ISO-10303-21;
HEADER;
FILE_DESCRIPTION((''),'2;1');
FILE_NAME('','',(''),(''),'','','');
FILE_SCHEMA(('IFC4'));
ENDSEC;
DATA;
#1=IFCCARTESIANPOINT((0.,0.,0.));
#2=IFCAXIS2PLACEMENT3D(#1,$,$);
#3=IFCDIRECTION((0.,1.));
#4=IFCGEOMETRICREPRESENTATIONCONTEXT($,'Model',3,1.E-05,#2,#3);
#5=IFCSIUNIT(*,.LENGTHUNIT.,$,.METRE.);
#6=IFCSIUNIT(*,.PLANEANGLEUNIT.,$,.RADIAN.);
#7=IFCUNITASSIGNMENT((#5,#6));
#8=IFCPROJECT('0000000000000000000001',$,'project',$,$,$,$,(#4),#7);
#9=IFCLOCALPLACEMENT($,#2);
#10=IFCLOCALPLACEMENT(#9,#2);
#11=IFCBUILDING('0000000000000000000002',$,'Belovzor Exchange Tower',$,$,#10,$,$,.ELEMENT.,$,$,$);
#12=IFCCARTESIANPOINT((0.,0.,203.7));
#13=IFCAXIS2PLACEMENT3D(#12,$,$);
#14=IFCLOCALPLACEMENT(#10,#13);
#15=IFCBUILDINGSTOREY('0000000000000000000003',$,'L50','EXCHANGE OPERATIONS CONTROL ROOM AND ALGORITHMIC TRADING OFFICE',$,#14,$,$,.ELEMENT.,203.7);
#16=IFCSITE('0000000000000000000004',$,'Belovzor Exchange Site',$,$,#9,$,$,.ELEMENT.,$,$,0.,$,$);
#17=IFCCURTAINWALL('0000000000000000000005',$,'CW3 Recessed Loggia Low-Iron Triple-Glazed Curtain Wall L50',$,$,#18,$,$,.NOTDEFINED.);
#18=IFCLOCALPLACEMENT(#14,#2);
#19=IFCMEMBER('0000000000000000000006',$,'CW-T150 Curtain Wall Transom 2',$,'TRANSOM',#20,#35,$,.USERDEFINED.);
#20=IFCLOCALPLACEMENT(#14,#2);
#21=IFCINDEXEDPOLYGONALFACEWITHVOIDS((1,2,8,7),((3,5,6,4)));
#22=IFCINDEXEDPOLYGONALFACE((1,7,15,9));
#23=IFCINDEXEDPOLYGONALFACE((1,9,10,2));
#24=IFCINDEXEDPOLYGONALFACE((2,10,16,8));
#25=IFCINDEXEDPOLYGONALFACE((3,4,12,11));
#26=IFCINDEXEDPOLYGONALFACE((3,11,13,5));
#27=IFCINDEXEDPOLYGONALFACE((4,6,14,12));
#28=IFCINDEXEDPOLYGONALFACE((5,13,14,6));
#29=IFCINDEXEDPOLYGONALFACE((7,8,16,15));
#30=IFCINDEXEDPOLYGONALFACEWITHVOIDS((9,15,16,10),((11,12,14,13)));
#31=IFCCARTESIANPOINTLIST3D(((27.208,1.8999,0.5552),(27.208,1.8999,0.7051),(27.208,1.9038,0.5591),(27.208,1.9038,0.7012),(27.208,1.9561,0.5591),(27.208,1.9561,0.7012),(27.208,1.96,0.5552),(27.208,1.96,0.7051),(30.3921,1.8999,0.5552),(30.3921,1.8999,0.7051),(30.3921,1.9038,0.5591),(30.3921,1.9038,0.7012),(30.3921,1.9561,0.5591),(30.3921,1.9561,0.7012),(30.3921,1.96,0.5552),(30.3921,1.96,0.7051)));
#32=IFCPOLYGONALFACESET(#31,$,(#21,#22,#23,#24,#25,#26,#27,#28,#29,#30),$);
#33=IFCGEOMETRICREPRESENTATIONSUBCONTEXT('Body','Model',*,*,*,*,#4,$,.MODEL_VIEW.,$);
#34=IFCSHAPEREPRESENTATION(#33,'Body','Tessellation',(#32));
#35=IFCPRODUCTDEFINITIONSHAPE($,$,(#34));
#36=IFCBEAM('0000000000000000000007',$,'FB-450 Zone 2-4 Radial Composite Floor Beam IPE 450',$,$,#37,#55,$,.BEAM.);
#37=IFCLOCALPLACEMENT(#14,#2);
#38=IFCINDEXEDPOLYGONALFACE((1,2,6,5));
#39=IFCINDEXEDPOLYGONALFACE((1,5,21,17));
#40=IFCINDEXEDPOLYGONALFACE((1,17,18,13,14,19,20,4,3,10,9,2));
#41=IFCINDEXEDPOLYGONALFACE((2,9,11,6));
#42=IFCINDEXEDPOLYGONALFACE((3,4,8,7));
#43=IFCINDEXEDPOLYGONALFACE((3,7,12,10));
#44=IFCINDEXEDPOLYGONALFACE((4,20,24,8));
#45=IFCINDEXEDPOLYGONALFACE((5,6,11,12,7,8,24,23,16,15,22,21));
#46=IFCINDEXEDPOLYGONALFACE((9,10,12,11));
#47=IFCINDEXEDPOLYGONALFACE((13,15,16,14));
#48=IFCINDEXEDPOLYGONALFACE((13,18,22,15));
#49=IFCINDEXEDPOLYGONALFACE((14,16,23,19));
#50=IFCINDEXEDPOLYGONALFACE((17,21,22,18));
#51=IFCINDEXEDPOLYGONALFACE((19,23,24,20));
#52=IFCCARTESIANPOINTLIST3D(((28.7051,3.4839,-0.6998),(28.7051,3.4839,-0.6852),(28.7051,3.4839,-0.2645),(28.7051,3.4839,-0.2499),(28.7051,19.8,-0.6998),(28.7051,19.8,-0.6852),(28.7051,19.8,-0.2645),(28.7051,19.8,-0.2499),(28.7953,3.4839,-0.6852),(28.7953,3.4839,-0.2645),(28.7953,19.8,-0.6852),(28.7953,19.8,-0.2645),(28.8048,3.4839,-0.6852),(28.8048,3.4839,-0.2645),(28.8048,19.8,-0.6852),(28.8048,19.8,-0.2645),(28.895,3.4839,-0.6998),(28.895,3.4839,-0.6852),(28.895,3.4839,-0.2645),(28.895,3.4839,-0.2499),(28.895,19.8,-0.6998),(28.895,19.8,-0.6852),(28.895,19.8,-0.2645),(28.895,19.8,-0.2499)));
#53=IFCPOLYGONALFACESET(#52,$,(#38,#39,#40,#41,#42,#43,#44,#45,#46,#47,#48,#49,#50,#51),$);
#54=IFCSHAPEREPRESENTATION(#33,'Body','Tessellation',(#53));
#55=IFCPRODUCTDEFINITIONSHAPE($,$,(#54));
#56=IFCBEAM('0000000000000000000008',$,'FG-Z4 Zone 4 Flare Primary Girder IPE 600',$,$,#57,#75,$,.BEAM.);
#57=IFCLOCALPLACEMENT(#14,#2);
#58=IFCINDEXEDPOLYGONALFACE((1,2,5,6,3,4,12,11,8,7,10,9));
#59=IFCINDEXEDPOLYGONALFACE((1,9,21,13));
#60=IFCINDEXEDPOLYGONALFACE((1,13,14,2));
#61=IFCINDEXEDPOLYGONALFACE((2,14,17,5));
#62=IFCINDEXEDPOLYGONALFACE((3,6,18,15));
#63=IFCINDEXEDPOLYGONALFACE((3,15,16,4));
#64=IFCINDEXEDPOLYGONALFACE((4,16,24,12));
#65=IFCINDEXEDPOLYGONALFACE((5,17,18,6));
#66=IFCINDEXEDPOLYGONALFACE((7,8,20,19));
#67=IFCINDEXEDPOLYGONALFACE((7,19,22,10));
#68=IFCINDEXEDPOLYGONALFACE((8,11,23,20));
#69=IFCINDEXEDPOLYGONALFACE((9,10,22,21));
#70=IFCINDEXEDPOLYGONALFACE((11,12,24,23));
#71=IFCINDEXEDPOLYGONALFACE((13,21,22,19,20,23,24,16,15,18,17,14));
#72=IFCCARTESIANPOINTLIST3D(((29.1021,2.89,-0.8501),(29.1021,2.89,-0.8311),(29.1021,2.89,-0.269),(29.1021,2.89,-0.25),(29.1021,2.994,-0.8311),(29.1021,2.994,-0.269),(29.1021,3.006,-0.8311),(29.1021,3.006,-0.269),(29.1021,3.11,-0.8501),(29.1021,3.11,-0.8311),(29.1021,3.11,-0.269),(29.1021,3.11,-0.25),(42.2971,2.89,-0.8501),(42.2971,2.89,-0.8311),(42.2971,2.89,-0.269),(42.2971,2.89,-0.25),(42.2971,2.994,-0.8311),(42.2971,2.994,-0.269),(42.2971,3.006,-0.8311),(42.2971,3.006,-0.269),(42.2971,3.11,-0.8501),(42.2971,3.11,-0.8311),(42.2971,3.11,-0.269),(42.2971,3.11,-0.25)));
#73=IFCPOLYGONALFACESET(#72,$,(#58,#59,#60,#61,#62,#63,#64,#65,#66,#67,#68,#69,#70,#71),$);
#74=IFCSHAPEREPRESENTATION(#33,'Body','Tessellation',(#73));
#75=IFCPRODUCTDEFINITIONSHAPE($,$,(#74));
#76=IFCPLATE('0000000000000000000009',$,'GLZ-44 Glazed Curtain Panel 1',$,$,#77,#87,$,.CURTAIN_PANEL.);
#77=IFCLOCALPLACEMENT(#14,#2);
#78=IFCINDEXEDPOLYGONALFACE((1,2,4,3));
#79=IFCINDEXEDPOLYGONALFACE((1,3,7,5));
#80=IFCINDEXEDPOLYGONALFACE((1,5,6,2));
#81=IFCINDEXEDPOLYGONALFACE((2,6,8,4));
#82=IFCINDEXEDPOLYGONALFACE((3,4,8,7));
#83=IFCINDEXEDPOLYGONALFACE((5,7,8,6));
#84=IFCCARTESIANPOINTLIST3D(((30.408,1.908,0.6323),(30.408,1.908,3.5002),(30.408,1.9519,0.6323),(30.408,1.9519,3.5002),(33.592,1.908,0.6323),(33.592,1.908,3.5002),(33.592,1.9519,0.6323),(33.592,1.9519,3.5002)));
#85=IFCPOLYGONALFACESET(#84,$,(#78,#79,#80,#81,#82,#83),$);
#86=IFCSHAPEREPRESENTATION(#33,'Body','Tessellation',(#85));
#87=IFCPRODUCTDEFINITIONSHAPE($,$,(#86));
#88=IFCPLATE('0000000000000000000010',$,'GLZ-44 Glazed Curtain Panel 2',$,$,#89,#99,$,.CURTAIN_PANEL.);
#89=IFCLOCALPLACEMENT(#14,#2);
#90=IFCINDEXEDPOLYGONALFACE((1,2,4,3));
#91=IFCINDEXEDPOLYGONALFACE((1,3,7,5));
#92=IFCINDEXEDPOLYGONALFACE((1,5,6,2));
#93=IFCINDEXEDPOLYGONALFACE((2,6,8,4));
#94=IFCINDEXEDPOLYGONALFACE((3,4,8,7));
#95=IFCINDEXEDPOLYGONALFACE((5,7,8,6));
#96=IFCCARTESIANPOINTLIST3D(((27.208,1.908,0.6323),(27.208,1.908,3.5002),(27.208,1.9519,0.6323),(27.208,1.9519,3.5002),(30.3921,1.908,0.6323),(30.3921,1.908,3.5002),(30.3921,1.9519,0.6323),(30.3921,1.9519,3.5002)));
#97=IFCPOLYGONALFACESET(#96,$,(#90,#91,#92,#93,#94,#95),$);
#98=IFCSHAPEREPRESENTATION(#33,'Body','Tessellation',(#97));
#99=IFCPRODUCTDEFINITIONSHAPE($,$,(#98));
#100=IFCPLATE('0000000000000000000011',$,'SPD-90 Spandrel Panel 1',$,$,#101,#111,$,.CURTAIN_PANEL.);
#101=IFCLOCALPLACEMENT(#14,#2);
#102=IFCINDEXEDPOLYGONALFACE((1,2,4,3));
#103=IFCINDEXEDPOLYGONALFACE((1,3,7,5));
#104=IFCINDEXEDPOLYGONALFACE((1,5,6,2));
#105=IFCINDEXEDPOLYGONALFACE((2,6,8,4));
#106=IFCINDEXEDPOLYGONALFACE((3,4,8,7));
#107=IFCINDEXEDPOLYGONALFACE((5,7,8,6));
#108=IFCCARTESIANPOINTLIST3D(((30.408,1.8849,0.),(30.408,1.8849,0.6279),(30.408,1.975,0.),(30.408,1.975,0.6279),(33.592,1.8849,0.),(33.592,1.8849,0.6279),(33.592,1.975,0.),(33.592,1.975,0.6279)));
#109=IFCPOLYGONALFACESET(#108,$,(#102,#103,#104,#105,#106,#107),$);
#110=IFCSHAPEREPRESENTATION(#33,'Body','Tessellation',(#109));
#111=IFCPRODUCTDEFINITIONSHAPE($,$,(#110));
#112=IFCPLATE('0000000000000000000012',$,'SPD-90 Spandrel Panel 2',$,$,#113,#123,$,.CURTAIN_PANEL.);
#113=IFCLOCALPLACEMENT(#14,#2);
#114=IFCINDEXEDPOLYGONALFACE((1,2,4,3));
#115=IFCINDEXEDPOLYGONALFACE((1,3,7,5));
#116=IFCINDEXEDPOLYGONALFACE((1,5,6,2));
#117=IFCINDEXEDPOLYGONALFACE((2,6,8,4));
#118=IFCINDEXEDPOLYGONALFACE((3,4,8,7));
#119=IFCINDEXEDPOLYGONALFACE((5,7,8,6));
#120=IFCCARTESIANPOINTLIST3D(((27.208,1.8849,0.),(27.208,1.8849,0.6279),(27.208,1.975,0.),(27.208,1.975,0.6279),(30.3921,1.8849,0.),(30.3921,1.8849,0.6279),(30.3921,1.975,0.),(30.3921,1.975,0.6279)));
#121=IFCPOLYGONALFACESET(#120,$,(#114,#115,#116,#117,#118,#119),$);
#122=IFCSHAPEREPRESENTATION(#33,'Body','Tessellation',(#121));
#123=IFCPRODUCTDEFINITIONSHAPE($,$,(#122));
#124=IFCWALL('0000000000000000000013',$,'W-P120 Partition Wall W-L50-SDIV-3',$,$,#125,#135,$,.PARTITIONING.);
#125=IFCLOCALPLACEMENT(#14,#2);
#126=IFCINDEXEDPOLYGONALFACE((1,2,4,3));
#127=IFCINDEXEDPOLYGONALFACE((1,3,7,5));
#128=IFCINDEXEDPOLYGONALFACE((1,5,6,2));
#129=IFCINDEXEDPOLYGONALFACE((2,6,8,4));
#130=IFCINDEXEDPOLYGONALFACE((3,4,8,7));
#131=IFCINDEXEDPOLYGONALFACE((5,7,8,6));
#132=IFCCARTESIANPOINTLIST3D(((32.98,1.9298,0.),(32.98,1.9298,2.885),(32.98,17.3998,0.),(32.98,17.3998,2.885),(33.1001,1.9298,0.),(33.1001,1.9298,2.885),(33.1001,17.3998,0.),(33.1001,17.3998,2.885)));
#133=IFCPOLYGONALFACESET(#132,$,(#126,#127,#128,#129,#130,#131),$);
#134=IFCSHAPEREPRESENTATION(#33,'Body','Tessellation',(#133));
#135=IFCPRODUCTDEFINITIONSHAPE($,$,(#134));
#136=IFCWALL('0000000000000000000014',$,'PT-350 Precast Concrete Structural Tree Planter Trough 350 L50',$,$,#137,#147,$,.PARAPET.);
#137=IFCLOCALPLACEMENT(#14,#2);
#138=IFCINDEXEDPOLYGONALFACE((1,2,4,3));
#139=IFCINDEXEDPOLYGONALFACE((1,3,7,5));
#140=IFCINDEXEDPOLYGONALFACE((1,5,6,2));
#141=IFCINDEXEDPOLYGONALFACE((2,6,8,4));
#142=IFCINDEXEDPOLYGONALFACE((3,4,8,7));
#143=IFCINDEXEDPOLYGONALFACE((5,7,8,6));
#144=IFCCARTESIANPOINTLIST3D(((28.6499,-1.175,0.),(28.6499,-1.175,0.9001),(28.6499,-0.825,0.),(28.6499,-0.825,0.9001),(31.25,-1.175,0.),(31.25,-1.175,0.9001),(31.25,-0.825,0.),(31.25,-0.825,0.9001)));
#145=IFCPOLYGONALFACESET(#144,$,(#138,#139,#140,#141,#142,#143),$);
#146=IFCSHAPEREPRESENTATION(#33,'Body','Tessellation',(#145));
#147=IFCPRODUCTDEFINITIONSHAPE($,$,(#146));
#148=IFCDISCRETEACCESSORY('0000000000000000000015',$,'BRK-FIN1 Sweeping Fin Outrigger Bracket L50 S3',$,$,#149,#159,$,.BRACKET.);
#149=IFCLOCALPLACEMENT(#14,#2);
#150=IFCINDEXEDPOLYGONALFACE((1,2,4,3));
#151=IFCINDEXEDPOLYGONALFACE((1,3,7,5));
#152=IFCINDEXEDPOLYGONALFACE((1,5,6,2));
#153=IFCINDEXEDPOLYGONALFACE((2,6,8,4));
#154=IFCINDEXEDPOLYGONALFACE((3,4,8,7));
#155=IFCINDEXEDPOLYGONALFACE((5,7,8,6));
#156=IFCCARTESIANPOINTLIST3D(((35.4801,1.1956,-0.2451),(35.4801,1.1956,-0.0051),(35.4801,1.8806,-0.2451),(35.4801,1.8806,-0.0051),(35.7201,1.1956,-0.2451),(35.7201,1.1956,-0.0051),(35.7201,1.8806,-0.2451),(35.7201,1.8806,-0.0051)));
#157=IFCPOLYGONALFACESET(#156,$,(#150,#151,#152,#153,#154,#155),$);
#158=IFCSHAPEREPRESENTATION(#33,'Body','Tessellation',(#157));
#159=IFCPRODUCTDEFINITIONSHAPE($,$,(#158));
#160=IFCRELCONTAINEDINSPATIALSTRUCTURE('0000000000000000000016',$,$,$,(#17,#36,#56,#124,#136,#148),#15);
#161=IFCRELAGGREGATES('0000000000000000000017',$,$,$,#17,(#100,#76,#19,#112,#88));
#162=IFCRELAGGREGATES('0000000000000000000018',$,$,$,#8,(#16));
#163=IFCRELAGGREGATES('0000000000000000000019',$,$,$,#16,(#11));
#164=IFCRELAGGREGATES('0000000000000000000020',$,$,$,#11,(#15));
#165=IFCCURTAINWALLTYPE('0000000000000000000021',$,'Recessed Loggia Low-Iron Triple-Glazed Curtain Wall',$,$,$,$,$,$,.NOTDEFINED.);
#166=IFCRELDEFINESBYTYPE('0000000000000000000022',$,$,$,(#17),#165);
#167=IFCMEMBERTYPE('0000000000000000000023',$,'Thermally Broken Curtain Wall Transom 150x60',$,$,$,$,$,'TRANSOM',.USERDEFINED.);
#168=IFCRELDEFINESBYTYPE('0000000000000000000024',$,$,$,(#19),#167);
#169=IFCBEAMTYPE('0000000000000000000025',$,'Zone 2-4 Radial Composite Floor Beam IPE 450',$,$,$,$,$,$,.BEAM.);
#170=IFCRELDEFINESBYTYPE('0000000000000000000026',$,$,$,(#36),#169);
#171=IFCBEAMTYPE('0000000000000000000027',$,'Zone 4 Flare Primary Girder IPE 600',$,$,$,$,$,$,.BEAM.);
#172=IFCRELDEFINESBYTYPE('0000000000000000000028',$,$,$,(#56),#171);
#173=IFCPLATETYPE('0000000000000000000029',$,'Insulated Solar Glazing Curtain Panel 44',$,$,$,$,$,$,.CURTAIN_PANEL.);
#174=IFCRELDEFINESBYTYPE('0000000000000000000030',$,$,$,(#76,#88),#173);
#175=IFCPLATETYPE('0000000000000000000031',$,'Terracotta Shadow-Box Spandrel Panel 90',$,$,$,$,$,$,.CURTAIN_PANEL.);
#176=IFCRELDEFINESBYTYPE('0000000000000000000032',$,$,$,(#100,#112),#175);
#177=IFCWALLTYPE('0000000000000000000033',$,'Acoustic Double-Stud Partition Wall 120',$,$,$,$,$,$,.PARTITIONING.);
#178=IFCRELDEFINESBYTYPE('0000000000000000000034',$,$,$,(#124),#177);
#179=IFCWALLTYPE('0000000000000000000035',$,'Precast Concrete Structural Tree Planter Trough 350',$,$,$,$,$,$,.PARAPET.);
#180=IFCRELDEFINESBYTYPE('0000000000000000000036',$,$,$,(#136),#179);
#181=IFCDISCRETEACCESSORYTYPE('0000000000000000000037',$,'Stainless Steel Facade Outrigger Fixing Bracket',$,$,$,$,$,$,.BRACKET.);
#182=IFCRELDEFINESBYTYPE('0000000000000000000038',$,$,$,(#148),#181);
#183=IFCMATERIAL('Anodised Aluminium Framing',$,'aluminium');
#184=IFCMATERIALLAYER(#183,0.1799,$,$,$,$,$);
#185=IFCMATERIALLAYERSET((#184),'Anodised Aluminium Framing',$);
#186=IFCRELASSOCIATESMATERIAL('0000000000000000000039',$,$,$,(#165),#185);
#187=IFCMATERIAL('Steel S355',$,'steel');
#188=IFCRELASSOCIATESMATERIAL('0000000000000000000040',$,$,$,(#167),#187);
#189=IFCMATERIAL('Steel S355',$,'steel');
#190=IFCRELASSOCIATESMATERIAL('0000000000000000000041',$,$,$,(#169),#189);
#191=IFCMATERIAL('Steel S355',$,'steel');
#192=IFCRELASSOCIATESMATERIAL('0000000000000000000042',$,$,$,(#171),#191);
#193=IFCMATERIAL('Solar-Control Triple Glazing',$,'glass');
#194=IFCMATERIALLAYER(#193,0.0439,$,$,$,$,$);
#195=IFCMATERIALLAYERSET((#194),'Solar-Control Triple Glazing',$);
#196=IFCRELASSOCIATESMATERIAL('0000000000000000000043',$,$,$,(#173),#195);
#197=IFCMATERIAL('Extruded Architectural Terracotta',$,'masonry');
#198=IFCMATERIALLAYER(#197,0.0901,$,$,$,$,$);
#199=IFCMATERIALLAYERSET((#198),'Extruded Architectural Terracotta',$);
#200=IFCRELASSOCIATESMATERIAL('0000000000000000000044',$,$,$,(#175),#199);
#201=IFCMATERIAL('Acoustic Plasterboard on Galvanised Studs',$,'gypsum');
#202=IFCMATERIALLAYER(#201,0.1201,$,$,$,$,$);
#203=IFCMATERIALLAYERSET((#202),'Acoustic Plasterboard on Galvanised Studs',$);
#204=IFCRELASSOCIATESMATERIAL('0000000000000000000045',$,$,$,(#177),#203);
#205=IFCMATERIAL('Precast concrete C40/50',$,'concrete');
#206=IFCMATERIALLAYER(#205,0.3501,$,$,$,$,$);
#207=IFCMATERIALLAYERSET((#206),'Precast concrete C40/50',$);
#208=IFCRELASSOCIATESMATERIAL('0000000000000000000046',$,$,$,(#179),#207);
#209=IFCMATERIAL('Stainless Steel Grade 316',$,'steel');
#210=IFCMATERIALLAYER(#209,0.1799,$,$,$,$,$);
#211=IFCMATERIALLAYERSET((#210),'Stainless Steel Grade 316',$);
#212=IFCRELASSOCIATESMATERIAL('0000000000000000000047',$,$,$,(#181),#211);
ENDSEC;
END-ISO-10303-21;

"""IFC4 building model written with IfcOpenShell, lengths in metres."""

from ifc_helpers import new_model, si_unit, direction, frame, frame_2d, origin, origin_2d, place, context, subcontext, project, spatial, rectangle, hollow_rectangle, i_section, extrude, material, layer, layer_set, material_profile, profile_set, type_object, element, aggregate, save


model = new_model("IFC4")

# Units and contexts
model_context = context("Model", 3, precision=1e-05, world=origin(), true_north=direction((0.0, 1.0)))
body_context = subcontext(model_context, "Body", "Model", "MODEL_VIEW")
ifc_project = project(units=[si_unit("LENGTHUNIT", "METRE"), si_unit("PLANEANGLEUNIT", "RADIAN")], contexts=[model_context])

# Site, building, storey
site_placement = place(None, origin())
site = spatial("IfcSite", under=ifc_project, at=site_placement, Name="Belovzor Exchange Site", CompositionType="ELEMENT", RefElevation=0.0)
building_placement = place(site_placement, origin())
building = spatial("IfcBuilding", under=site, at=building_placement, Name="Belovzor Exchange Tower", CompositionType="ELEMENT")
storey_placement = place(building_placement, frame((0.0, 0.0, 203.7)))
storey = spatial("IfcBuildingStorey", under=building, at=storey_placement, Name="L50", Description="EXCHANGE OPERATIONS CONTROL ROOM AND ALGORITHMIC TRADING OFFICE", CompositionType="ELEMENT", Elevation=203.7)

# Curtain wall, member
ifc_material_1 = material(Name="Anodised Aluminium Framing", Category="aluminium")
ifc_layer_1 = layer(ifc_material_1, 0.1799)
ifc_layer_set_1 = layer_set([ifc_layer_1], Name="Anodised Aluminium Framing")
curtain_wall_type = type_object("IfcCurtainWallType", Name="Recessed Loggia Low-Iron Triple-Glazed Curtain Wall", PredefinedType="NOTDEFINED", material=ifc_layer_set_1)
curtain_wall_placement = place(storey_placement, origin())
curtain_wall = element("IfcCurtainWall", 1, at=curtain_wall_placement, inside=storey, type_object=curtain_wall_type, Name="CW3 Recessed Loggia Low-Iron Triple-Glazed Curtain Wall L50", PredefinedType="NOTDEFINED")
ifc_material_2 = material(Name="Steel S355", Category="steel")
ifc_material_profile_1 = material_profile(ifc_material_2, hollow_rectangle(XDim=0.0601, YDim=0.1499, WallThickness=0.0039, at=origin_2d()))
ifc_profile_set_1 = profile_set([ifc_material_profile_1], Name="Steel S355")
member_type_1 = type_object("IfcMemberType", Name="Thermally Broken Curtain Wall Transom 150x60", ElementType="TRANSOM", PredefinedType="USERDEFINED", material=ifc_profile_set_1)
member_1_placement = place(storey_placement, frame((30.3921, 1.9299, 0.6301), z_axis=(-1.0, 0.0, 0.0), x_axis=(0.0, -1.0, 0.0)))
member_1 = element("IfcMember", 2, at=member_1_placement, type_object=member_type_1, Name="CW-T150 Curtain Wall Transom 2", ObjectType="TRANSOM", PredefinedType="USERDEFINED", context=body_context, shape_type="SweptSolid", body=[
    extrude(hollow_rectangle(XDim=0.0601, YDim=0.1499, WallThickness=0.0039, at=origin_2d()), origin(), (0.0, 0.0, 1.0), 3.1841),
])

# Beams
ifc_material_3 = material(Name="Steel S355", Category="steel")
ifc_material_profile_2 = material_profile(ifc_material_3, i_section(OverallWidth=0.1899, OverallDepth=0.45, WebThickness=0.0095, FlangeThickness=0.0146, at=origin_2d()))
ifc_profile_set_2 = profile_set([ifc_material_profile_2], Name="Steel S355")
beam_type_1 = type_object("IfcBeamType", Name="Zone 2-4 Radial Composite Floor Beam IPE 450", PredefinedType="BEAM", material=ifc_profile_set_2)
beam_1_placement = place(storey_placement, frame((28.8, 19.8, -0.4749), z_axis=(0.0, -1.0, 0.0), x_axis=(1.0, 0.0, 0.0)))
element("IfcBeam", 3, at=beam_1_placement, inside=storey, type_object=beam_type_1, Name="FB-450 Zone 2-4 Radial Composite Floor Beam IPE 450", PredefinedType="BEAM", context=body_context, shape_type="SweptSolid", body=[
    extrude(i_section(OverallWidth=0.1899, OverallDepth=0.45, WebThickness=0.0095, FlangeThickness=0.0146, at=origin_2d()), origin(), (0.0, 0.0, 1.0), 16.3162),
])
ifc_material_4 = material(Name="Steel S355", Category="steel")
ifc_material_profile_3 = material_profile(ifc_material_4, i_section(OverallWidth=0.22, OverallDepth=0.6001, WebThickness=0.012, FlangeThickness=0.019, at=origin_2d()))
ifc_profile_set_3 = profile_set([ifc_material_profile_3], Name="Steel S355")
beam_type_2 = type_object("IfcBeamType", Name="Zone 4 Flare Primary Girder IPE 600", PredefinedType="BEAM", material=ifc_profile_set_3)
beam_2_placement = place(storey_placement, frame((29.1021, 3.0, -0.55), z_axis=(1.0, 0.0, 0.0), x_axis=(0.0, 1.0, 0.0)))
element("IfcBeam", 4, at=beam_2_placement, inside=storey, type_object=beam_type_2, Name="FG-Z4 Zone 4 Flare Primary Girder IPE 600", PredefinedType="BEAM", context=body_context, shape_type="SweptSolid", body=[
    extrude(i_section(OverallWidth=0.22, OverallDepth=0.6001, WebThickness=0.012, FlangeThickness=0.019, at=origin_2d()), origin(), (0.0, 0.0, 1.0), 13.1951),
])

# Plates
ifc_material_5 = material(Name="Solar-Control Triple Glazing", Category="glass")
ifc_layer_2 = layer(ifc_material_5, 0.0439)
ifc_layer_set_2 = layer_set([ifc_layer_2], Name="Solar-Control Triple Glazing")
plate_type_1 = type_object("IfcPlateType", Name="Insulated Solar Glazing Curtain Panel 44", PredefinedType="CURTAIN_PANEL", material=ifc_layer_set_2)
plate_1_placement = place(storey_placement, frame((32.0, 1.9299, 0.6323), z_axis=(0.0, 0.0, 1.0), x_axis=(-1.0, 0.0, 0.0)))
plate_1 = element("IfcPlate", 5, at=plate_1_placement, type_object=plate_type_1, Name="GLZ-44 Glazed Curtain Panel 1", PredefinedType="CURTAIN_PANEL", context=body_context, shape_type="SweptSolid", body=[
    extrude(rectangle(XDim=3.1841, YDim=0.0439, at=origin_2d()), origin(), (0.0, 0.0, 1.0), 2.8679),
])
plate_2_placement = place(storey_placement, frame((28.8, 1.9299, 0.6323), z_axis=(0.0, 0.0, 1.0), x_axis=(-1.0, 0.0, 0.0)))
plate_2 = element("IfcPlate", 6, at=plate_2_placement, type_object=plate_type_1, Name="GLZ-44 Glazed Curtain Panel 2", PredefinedType="CURTAIN_PANEL", context=body_context, shape_type="SweptSolid", body=[
    extrude(rectangle(XDim=3.1841, YDim=0.0439, at=origin_2d()), origin(), (0.0, 0.0, 1.0), 2.8679),
])
ifc_material_6 = material(Name="Extruded Architectural Terracotta", Category="masonry")
ifc_layer_3 = layer(ifc_material_6, 0.0901)
ifc_layer_set_3 = layer_set([ifc_layer_3], Name="Extruded Architectural Terracotta")
plate_type_2 = type_object("IfcPlateType", Name="Terracotta Shadow-Box Spandrel Panel 90", PredefinedType="CURTAIN_PANEL", material=ifc_layer_set_3)
plate_3_placement = place(storey_placement, frame((32.0, 1.9299, 0.0), z_axis=(0.0, 0.0, 1.0), x_axis=(-1.0, 0.0, 0.0)))
plate_3 = element("IfcPlate", 7, at=plate_3_placement, type_object=plate_type_2, Name="SPD-90 Spandrel Panel 1", PredefinedType="CURTAIN_PANEL", context=body_context, shape_type="SweptSolid", body=[
    extrude(rectangle(XDim=3.1841, YDim=0.0901, at=origin_2d()), origin(), (0.0, 0.0, 1.0), 0.6279),
])
plate_4_placement = place(storey_placement, frame((28.8, 1.9299, 0.0), z_axis=(0.0, 0.0, 1.0), x_axis=(-1.0, 0.0, 0.0)))
plate_4 = element("IfcPlate", 8, at=plate_4_placement, type_object=plate_type_2, Name="SPD-90 Spandrel Panel 2", PredefinedType="CURTAIN_PANEL", context=body_context, shape_type="SweptSolid", body=[
    extrude(rectangle(XDim=3.1841, YDim=0.0901, at=origin_2d()), origin(), (0.0, 0.0, 1.0), 0.6279),
])
aggregate(curtain_wall, [plate_3, plate_1, member_1, plate_4, plate_2])

# Walls
ifc_material_7 = material(Name="Acoustic Plasterboard on Galvanised Studs", Category="gypsum")
ifc_layer_4 = layer(ifc_material_7, 0.1201)
ifc_layer_set_4 = layer_set([ifc_layer_4], Name="Acoustic Plasterboard on Galvanised Studs")
wall_type_1 = type_object("IfcWallType", Name="Acoustic Double-Stud Partition Wall 120", PredefinedType="PARTITIONING", material=ifc_layer_set_4)
wall_1_placement = place(storey_placement, frame((33.04, 1.9299, 0.0), z_axis=(0.0, 0.0, 1.0), x_axis=(0.0, 1.0, 0.0)))
element("IfcWall", 9, at=wall_1_placement, inside=storey, type_object=wall_type_1, Name="W-P120 Partition Wall W-L50-SDIV-3", PredefinedType="PARTITIONING", context=body_context, shape_type="SweptSolid", body=[
    extrude(rectangle(XDim=15.47, YDim=0.1201, at=frame_2d((7.7349, 0.0))), origin(), (0.0, 0.0, 1.0), 2.885),
])
ifc_material_8 = material(Name="Precast concrete C40/50", Category="concrete")
ifc_layer_5 = layer(ifc_material_8, 0.3501)
ifc_layer_set_5 = layer_set([ifc_layer_5], Name="Precast concrete C40/50")
wall_type_2 = type_object("IfcWallType", Name="Precast Concrete Structural Tree Planter Trough 350", PredefinedType="PARAPET", material=ifc_layer_set_5)
wall_2_placement = place(storey_placement, frame((28.6499, -1.0, 0.0), z_axis=(0.0, 0.0, 1.0), x_axis=(1.0, 0.0, 0.0)))
element("IfcWall", 10, at=wall_2_placement, inside=storey, type_object=wall_type_2, Name="PT-350 Precast Concrete Structural Tree Planter Trough 350 L50", PredefinedType="PARAPET", context=body_context, shape_type="SweptSolid", body=[
    extrude(rectangle(XDim=2.6001, YDim=0.3501, at=frame_2d((1.3, 0.0))), origin(), (0.0, 0.0, 1.0), 0.9001),
])

# Discrete accessory
ifc_material_9 = material(Name="Stainless Steel Grade 316", Category="steel")
ifc_layer_6 = layer(ifc_material_9, 0.1799)
ifc_layer_set_6 = layer_set([ifc_layer_6], Name="Stainless Steel Grade 316")
discrete_accessory_type = type_object("IfcDiscreteAccessoryType", Name="Stainless Steel Facade Outrigger Fixing Bracket", PredefinedType="BRACKET", material=ifc_layer_set_6)
discrete_accessory_placement = place(storey_placement, frame((35.6001, 1.5381, -0.2451), z_axis=(0.0, 0.0, 1.0), x_axis=(0.0, 1.0, 0.0)))
element("IfcDiscreteAccessory", 11, at=discrete_accessory_placement, inside=storey, type_object=discrete_accessory_type, Name="BRK-FIN1 Sweeping Fin Outrigger Bracket L50 S3", PredefinedType="BRACKET", context=body_context, shape_type="SweptSolid", body=[
    extrude(rectangle(XDim=0.6851, YDim=0.24, at=origin_2d()), origin(), (0.0, 0.0, 1.0), 0.24),
])

save(model, "model.ifc")
